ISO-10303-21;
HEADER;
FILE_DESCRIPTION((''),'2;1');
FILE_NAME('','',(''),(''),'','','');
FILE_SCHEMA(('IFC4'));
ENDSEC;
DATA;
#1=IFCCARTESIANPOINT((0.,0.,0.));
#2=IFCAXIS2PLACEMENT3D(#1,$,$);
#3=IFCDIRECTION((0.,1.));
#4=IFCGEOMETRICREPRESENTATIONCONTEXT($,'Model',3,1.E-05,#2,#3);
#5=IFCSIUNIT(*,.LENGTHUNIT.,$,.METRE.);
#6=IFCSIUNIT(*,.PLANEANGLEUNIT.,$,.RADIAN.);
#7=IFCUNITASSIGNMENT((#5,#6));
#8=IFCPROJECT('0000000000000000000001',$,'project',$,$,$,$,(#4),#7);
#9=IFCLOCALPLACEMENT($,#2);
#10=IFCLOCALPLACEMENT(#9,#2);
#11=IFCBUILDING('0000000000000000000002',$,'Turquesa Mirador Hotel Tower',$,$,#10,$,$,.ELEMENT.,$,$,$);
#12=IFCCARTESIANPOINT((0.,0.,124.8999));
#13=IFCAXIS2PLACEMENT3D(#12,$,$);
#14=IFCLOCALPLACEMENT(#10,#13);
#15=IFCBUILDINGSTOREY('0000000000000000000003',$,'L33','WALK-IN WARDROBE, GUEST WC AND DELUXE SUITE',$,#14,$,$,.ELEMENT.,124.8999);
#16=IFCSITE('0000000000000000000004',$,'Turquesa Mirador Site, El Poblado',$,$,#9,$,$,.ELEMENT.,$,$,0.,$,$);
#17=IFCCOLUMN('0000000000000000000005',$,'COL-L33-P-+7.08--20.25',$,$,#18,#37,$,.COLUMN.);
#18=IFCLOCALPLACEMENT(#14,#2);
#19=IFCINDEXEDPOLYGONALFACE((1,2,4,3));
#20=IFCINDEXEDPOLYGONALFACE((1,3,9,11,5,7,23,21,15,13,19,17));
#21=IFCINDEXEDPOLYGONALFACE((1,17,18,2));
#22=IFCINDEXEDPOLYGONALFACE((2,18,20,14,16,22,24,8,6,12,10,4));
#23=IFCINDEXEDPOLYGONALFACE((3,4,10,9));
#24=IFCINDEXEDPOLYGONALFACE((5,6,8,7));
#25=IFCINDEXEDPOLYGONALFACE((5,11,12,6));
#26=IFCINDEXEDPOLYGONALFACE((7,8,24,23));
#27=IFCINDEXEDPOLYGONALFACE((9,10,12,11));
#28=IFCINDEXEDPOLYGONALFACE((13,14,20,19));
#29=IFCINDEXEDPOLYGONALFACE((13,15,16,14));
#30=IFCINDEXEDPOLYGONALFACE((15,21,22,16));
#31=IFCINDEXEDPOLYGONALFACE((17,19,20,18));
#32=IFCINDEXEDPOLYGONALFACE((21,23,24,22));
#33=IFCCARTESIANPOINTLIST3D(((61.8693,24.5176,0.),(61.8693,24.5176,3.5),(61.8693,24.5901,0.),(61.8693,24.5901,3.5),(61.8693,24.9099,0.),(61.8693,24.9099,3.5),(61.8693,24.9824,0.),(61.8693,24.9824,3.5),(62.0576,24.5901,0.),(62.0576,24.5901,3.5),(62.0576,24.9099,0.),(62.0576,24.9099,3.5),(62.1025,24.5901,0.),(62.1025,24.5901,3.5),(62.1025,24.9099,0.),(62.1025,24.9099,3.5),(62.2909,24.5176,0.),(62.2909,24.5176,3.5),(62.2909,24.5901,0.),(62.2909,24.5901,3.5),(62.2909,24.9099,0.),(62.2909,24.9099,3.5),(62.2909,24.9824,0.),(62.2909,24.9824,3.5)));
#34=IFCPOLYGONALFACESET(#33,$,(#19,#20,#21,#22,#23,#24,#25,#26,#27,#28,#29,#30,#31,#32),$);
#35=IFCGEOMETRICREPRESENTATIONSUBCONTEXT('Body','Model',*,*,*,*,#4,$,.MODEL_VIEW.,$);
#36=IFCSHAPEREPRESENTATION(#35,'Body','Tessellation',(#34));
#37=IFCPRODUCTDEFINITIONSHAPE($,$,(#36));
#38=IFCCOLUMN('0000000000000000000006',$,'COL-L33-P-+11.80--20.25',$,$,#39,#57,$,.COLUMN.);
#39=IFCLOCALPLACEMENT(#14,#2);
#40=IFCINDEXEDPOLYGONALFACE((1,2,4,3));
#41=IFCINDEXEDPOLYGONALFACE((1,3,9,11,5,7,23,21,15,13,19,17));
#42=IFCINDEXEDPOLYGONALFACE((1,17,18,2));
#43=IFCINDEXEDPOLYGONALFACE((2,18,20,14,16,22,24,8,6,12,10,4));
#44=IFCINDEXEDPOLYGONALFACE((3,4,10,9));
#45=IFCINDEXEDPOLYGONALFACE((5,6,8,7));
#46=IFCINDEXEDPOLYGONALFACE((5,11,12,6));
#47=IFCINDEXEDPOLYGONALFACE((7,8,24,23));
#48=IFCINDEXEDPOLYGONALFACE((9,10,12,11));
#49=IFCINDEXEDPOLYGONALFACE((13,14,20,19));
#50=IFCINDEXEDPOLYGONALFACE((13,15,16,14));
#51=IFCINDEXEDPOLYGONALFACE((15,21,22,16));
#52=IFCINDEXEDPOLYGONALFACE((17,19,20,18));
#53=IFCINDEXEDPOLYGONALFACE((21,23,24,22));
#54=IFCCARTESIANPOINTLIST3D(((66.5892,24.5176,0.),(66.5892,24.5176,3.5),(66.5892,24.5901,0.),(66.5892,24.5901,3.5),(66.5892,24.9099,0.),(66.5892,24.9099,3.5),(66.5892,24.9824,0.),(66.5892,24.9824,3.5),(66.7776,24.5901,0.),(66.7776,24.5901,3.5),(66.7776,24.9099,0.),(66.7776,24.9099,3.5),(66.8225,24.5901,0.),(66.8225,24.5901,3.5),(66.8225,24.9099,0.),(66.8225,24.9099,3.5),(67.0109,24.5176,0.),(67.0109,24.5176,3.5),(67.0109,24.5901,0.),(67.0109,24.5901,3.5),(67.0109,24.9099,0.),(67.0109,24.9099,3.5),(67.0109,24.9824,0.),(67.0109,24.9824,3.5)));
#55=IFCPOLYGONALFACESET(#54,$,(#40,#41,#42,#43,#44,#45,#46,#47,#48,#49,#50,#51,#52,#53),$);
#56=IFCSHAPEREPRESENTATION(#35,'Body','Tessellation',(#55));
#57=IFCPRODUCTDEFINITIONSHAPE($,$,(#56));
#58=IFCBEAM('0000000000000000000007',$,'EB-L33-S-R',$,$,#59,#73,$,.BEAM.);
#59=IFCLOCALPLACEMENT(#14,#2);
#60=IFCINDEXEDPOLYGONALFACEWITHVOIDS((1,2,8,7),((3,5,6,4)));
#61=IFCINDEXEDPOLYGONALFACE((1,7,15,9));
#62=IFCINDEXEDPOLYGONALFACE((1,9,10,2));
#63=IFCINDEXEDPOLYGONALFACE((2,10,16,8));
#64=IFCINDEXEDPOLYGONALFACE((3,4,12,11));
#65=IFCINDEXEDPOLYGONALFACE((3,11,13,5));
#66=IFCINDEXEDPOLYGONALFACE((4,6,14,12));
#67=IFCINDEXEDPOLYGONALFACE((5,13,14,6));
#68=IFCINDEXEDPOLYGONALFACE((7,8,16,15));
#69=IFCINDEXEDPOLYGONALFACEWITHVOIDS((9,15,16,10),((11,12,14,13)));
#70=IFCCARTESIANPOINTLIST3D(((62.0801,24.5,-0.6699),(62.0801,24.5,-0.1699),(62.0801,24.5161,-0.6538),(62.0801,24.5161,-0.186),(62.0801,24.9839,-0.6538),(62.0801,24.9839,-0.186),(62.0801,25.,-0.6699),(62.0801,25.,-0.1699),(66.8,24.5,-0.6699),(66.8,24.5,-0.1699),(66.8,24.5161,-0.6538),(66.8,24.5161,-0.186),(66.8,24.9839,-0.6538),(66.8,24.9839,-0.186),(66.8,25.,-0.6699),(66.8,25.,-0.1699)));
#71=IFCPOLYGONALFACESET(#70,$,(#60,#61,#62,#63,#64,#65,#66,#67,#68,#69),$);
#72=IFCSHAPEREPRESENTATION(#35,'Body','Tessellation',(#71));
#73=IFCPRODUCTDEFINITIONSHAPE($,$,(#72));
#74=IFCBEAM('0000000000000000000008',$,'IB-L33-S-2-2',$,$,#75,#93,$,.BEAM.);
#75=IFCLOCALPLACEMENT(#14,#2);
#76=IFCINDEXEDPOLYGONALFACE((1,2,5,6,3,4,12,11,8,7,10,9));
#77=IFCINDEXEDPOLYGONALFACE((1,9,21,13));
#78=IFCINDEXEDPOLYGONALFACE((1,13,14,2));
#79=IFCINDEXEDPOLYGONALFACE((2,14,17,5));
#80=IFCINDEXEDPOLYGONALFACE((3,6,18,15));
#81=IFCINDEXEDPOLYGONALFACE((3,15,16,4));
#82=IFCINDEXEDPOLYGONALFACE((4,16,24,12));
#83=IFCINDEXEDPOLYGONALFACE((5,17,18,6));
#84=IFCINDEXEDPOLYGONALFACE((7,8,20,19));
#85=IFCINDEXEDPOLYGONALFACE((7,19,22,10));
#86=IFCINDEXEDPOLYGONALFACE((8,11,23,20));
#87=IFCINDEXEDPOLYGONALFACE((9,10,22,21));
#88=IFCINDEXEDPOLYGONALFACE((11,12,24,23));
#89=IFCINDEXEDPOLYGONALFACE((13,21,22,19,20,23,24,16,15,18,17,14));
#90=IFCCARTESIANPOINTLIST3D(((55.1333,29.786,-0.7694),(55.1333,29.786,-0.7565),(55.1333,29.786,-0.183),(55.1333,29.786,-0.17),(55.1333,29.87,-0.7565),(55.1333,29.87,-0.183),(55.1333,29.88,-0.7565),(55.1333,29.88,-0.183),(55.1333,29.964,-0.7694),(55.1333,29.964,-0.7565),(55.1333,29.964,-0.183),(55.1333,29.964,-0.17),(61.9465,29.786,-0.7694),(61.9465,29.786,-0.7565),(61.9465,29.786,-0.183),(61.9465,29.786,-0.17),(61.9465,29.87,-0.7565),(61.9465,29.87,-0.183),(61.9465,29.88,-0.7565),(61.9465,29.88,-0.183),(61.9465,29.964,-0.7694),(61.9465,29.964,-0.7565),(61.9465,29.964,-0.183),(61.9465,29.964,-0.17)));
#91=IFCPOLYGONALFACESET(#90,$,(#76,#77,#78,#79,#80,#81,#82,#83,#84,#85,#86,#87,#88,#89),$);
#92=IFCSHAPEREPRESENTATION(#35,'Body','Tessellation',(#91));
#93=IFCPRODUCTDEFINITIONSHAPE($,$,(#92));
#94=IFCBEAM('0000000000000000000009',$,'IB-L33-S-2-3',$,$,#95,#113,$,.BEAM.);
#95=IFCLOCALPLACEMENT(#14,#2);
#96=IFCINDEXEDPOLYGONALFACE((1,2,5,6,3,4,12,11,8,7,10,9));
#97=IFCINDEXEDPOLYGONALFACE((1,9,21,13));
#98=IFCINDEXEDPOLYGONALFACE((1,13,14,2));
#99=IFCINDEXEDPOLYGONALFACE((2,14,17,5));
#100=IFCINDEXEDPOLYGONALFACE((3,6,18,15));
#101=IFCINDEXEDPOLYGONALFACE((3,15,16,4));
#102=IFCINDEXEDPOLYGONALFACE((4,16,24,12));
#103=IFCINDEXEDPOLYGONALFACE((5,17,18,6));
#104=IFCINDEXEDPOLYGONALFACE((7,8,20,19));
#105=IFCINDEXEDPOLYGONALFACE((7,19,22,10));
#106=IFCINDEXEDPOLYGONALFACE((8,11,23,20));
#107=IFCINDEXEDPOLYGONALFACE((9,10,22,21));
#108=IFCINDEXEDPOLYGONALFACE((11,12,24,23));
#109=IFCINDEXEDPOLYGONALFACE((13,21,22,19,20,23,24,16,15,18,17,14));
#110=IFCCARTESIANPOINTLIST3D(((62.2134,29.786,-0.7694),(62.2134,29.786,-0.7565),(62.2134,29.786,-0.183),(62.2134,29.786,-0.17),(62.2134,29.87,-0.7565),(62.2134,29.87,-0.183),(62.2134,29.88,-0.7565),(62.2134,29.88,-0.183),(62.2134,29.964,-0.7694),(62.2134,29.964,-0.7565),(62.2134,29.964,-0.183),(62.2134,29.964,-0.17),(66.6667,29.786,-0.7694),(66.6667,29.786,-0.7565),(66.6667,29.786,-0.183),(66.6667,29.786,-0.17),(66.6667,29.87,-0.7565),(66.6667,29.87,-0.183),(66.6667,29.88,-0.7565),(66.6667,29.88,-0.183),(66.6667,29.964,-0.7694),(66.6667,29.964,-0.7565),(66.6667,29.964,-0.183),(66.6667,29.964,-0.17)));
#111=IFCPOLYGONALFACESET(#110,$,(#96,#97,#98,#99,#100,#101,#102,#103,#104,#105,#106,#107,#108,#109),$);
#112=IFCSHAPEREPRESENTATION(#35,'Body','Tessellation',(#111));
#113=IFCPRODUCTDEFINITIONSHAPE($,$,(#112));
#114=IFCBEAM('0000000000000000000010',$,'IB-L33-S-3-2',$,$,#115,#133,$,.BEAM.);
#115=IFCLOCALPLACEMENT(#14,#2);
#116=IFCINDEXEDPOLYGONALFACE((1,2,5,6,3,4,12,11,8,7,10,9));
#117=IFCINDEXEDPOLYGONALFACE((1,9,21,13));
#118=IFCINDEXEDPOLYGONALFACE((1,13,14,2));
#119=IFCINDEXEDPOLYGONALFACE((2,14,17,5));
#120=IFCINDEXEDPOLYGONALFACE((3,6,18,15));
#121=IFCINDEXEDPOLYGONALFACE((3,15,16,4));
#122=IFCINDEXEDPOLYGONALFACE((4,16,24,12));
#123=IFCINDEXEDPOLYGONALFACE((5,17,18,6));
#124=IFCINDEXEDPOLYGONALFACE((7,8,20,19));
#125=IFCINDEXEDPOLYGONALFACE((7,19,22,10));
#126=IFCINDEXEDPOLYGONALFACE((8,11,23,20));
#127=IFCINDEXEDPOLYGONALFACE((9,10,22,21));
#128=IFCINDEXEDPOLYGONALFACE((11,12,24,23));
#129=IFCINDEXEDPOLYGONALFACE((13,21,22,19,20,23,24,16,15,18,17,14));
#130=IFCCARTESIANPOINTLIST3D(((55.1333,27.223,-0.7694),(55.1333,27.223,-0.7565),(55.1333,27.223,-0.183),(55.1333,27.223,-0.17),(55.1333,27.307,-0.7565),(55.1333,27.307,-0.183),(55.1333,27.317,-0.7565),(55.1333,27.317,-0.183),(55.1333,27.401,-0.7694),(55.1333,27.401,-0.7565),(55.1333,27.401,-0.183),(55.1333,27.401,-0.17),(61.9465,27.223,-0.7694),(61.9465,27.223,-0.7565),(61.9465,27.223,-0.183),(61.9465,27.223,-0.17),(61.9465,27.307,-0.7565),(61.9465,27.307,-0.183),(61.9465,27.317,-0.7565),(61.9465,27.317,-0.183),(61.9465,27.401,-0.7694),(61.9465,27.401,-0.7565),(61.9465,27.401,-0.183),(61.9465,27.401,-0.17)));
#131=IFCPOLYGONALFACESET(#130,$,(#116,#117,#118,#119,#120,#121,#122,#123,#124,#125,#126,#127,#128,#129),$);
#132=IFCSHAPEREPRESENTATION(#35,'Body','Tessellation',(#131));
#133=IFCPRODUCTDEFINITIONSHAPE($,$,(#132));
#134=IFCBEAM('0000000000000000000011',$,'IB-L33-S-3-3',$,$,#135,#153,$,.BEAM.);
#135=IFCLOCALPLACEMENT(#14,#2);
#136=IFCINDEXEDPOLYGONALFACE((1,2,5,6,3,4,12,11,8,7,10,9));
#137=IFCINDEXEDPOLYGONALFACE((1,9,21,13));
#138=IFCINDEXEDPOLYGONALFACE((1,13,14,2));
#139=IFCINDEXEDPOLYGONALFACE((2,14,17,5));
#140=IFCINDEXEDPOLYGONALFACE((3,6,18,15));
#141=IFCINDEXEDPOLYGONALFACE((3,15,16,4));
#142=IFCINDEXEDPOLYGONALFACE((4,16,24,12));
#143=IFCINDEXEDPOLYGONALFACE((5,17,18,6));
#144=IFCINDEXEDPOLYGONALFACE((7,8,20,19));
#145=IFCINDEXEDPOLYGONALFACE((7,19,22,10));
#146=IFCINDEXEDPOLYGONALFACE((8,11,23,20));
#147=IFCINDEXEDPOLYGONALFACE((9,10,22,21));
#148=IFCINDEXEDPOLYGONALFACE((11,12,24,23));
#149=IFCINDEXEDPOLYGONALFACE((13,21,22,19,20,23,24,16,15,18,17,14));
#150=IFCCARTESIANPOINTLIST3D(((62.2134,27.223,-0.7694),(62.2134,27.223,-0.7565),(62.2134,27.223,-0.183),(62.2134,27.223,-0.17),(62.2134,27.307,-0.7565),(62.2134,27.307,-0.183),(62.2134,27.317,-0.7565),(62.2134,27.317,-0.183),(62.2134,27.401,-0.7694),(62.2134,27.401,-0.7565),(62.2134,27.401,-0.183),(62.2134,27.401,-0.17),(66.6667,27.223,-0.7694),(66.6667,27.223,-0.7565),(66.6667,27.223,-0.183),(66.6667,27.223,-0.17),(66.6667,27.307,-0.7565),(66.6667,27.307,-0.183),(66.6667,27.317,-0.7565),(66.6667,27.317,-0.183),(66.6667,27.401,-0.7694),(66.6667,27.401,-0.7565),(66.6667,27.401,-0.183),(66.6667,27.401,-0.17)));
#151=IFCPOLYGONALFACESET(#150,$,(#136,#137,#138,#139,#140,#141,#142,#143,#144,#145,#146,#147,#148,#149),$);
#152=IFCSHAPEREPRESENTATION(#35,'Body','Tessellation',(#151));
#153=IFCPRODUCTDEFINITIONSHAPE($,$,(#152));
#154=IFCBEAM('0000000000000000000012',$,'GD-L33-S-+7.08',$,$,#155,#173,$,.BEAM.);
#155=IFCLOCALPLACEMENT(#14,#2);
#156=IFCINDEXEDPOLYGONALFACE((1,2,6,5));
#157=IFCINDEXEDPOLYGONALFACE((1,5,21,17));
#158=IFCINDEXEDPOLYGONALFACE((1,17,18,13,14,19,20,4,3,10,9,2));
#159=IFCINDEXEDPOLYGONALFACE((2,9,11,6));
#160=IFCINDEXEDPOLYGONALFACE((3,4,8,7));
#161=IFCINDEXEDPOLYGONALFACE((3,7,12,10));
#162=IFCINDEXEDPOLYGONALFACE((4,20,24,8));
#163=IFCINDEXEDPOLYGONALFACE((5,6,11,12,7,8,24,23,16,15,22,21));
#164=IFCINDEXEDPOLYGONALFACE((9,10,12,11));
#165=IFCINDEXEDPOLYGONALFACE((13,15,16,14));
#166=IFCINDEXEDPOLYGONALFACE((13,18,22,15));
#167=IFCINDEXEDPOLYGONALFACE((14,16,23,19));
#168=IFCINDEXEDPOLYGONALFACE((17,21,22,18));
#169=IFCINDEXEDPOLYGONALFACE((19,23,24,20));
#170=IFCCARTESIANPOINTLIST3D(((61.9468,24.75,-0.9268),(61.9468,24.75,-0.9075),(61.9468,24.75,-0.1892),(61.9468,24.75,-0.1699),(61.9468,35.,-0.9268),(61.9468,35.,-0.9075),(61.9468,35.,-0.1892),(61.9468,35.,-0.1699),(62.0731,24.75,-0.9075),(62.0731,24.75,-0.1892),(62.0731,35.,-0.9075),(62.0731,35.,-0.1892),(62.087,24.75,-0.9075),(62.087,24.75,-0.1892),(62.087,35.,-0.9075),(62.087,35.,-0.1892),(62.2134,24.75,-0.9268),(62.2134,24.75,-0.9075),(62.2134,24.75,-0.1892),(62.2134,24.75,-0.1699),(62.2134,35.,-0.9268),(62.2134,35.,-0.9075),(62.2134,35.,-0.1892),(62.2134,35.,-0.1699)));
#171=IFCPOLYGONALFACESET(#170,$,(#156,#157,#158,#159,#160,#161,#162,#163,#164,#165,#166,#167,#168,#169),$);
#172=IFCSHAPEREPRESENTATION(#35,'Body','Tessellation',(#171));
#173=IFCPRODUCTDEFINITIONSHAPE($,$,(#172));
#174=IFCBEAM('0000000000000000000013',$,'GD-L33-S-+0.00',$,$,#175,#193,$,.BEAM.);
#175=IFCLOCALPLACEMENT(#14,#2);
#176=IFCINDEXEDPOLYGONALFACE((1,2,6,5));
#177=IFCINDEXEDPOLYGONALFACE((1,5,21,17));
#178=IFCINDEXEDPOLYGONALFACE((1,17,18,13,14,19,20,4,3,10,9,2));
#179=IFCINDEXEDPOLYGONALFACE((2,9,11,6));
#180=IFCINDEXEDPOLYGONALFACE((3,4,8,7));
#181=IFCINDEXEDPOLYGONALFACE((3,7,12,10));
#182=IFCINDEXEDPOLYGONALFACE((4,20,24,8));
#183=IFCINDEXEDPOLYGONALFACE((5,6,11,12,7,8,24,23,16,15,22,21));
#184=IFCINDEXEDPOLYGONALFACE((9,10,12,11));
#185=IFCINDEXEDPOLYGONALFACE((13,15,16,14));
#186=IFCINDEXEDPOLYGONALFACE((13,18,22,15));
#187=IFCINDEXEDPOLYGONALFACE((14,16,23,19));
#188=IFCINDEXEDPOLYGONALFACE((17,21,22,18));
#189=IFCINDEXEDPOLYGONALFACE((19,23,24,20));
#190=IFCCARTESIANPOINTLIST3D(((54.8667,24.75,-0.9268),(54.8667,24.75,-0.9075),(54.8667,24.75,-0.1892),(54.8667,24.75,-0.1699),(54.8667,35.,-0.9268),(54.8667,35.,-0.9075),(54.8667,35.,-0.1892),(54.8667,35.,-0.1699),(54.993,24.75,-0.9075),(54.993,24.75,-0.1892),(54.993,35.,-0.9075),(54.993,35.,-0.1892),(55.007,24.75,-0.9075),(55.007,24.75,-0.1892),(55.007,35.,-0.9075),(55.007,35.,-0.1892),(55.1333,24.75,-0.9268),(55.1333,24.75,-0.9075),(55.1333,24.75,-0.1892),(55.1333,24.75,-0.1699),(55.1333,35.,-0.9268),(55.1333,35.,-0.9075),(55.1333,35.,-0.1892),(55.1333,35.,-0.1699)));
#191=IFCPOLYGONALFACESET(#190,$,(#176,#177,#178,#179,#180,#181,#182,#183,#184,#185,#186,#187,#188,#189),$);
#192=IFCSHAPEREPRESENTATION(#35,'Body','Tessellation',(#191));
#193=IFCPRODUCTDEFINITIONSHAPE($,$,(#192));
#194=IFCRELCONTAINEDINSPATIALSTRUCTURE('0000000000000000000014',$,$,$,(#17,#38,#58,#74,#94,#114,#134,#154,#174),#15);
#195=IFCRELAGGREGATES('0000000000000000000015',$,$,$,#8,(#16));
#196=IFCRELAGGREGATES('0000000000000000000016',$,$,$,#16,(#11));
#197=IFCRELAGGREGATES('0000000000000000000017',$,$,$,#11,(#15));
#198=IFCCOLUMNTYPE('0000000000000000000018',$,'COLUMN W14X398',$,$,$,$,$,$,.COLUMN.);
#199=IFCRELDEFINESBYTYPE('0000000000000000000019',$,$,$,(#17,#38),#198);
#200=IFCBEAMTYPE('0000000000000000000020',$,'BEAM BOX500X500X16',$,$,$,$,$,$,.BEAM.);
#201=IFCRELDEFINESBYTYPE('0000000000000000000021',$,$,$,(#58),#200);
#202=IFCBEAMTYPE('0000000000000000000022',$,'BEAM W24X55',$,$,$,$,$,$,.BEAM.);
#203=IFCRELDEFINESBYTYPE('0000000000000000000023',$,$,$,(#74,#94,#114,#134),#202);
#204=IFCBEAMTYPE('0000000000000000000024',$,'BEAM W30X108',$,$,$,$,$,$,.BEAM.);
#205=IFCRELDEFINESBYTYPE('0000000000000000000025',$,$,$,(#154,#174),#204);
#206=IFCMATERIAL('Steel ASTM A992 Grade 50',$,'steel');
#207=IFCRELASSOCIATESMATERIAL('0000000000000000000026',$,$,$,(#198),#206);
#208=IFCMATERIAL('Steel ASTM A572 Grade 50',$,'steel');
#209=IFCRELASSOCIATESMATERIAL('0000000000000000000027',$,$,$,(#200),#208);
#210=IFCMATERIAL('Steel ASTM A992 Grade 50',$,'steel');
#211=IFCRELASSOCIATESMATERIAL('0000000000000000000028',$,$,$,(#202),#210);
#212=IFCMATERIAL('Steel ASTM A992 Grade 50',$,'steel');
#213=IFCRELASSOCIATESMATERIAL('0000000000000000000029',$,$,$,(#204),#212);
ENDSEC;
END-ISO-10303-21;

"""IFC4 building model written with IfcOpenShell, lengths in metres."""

from ifc_helpers import new_model, si_unit, direction, frame, origin, origin_2d, place, context, subcontext, project, spatial, hollow_rectangle, i_section, extrude, material, material_profile, profile_set, type_object, element, save


model = new_model("IFC4")

# Units and contexts
model_context = context("Model", 3, precision=1e-05, world=origin(), true_north=direction((0.0, 1.0)))
body_context = subcontext(model_context, "Body", "Model", "MODEL_VIEW")
ifc_project = project(units=[si_unit("LENGTHUNIT", "METRE"), si_unit("PLANEANGLEUNIT", "RADIAN")], contexts=[model_context])

# Site, building, storey
site_placement = place(None, origin())
site = spatial("IfcSite", under=ifc_project, at=site_placement, Name="Turquesa Mirador Site, El Poblado", CompositionType="ELEMENT", RefElevation=0.0)
building_placement = place(site_placement, origin())
building = spatial("IfcBuilding", under=site, at=building_placement, Name="Turquesa Mirador Hotel Tower", CompositionType="ELEMENT")
storey_placement = place(building_placement, frame((0.0, 0.0, 124.8999)))
storey = spatial("IfcBuildingStorey", under=building, at=storey_placement, Name="L33", Description="WALK-IN WARDROBE, GUEST WC AND DELUXE SUITE", CompositionType="ELEMENT", Elevation=124.8999)

# Columns
ifc_material_1 = material(Name="Steel ASTM A992 Grade 50", Category="steel")
ifc_material_profile_1 = material_profile(ifc_material_1, i_section(OverallWidth=0.4216, OverallDepth=0.4648, WebThickness=0.0449, FlangeThickness=0.0725, at=origin_2d()), Name="W14X398")
ifc_profile_set_1 = profile_set([ifc_material_profile_1], Name="Steel ASTM A992 Grade 50")
column_type = type_object("IfcColumnType", Name="COLUMN W14X398", PredefinedType="COLUMN", material=ifc_profile_set_1)
for number, where, z_axis, x_axis, name in (
    (1, (62.0801, 24.75, 0.0), (0.0, 0.0, 1.0), (1.0, 0.0, 0.0), "COL-L33-P-+7.08--20.25"),
    (2, (66.8, 24.75, 0.0), (0.0, 0.0, 1.0), (1.0, 0.0, 0.0), "COL-L33-P-+11.80--20.25"),
):
    element("IfcColumn", number, at=place(storey_placement, frame(where, z_axis=z_axis, x_axis=x_axis)), inside=storey, type_object=column_type, Name=name, PredefinedType="COLUMN", context=body_context, shape_type="SweptSolid", body=[
        extrude(i_section(OverallWidth=0.4216, OverallDepth=0.4648, WebThickness=0.0449, FlangeThickness=0.0725, at=origin_2d()), origin(), (0.0, 0.0, 1.0), 3.5),
    ])

# Beams
ifc_material_2 = material(Name="Steel ASTM A572 Grade 50", Category="steel")
ifc_material_profile_2 = material_profile(ifc_material_2, hollow_rectangle(XDim=0.5, YDim=0.5, WallThickness=0.0161, at=origin_2d()), Name="BOX500X500X16")
ifc_profile_set_2 = profile_set([ifc_material_profile_2], Name="Steel ASTM A572 Grade 50")
beam_type_1 = type_object("IfcBeamType", Name="BEAM BOX500X500X16", PredefinedType="BEAM", material=ifc_profile_set_2)
beam_1_placement = place(storey_placement, frame((62.0801, 24.75, -0.4199), z_axis=(1.0, 0.0, 0.0), x_axis=(0.0, 1.0, 0.0)))
element("IfcBeam", 3, at=beam_1_placement, inside=storey, type_object=beam_type_1, Name="EB-L33-S-R", PredefinedType="BEAM", context=body_context, shape_type="SweptSolid", body=[
    extrude(hollow_rectangle(XDim=0.5, YDim=0.5, WallThickness=0.0161, at=origin_2d()), origin(), (0.0, 0.0, 1.0), 4.72),
])
ifc_material_3 = material(Name="Steel ASTM A992 Grade 50", Category="steel")
ifc_material_profile_3 = material_profile(ifc_material_3, i_section(OverallWidth=0.178, OverallDepth=0.5994, WebThickness=0.01, FlangeThickness=0.0129, at=origin_2d()), Name="W24X55")
ifc_profile_set_3 = profile_set([ifc_material_profile_3], Name="Steel ASTM A992 Grade 50")
beam_type_2 = type_object("IfcBeamType", Name="BEAM W24X55", PredefinedType="BEAM", material=ifc_profile_set_3)
beam_2_placement = place(storey_placement, frame((55.1333, 29.875, -0.4697), z_axis=(1.0, 0.0, 0.0), x_axis=(0.0, 1.0, 0.0)))
element("IfcBeam", 4, at=beam_2_placement, inside=storey, type_object=beam_type_2, Name="IB-L33-S-2-2", PredefinedType="BEAM", context=body_context, shape_type="SweptSolid", body=[
    extrude(i_section(OverallWidth=0.178, OverallDepth=0.5994, WebThickness=0.01, FlangeThickness=0.0129, at=origin_2d()), origin(), (0.0, 0.0, 1.0), 6.8132),
])
beam_3_placement = place(storey_placement, frame((62.2134, 29.875, -0.4697), z_axis=(1.0, 0.0, 0.0), x_axis=(0.0, 1.0, 0.0)))
element("IfcBeam", 5, at=beam_3_placement, inside=storey, type_object=beam_type_2, Name="IB-L33-S-2-3", PredefinedType="BEAM", context=body_context, shape_type="SweptSolid", body=[
    extrude(i_section(OverallWidth=0.178, OverallDepth=0.5994, WebThickness=0.01, FlangeThickness=0.0129, at=origin_2d()), origin(), (0.0, 0.0, 1.0), 4.4534),
])
beam_4_placement = place(storey_placement, frame((55.1333, 27.312, -0.4697), z_axis=(1.0, 0.0, 0.0), x_axis=(0.0, 1.0, 0.0)))
element("IfcBeam", 6, at=beam_4_placement, inside=storey, type_object=beam_type_2, Name="IB-L33-S-3-2", PredefinedType="BEAM", context=body_context, shape_type="SweptSolid", body=[
    extrude(i_section(OverallWidth=0.178, OverallDepth=0.5994, WebThickness=0.01, FlangeThickness=0.0129, at=origin_2d()), origin(), (0.0, 0.0, 1.0), 6.8132),
])
beam_5_placement = place(storey_placement, frame((62.2134, 27.312, -0.4697), z_axis=(1.0, 0.0, 0.0), x_axis=(0.0, 1.0, 0.0)))
element("IfcBeam", 7, at=beam_5_placement, inside=storey, type_object=beam_type_2, Name="IB-L33-S-3-3", PredefinedType="BEAM", context=body_context, shape_type="SweptSolid", body=[
    extrude(i_section(OverallWidth=0.178, OverallDepth=0.5994, WebThickness=0.01, FlangeThickness=0.0129, at=origin_2d()), origin(), (0.0, 0.0, 1.0), 4.4534),
])
ifc_material_4 = material(Name="Steel ASTM A992 Grade 50", Category="steel")
ifc_material_profile_4 = material_profile(ifc_material_4, i_section(OverallWidth=0.2666, OverallDepth=0.7568, WebThickness=0.0139, FlangeThickness=0.0193, at=origin_2d()), Name="W30X108")
ifc_profile_set_4 = profile_set([ifc_material_profile_4], Name="Steel ASTM A992 Grade 50")
beam_type_3 = type_object("IfcBeamType", Name="BEAM W30X108", PredefinedType="BEAM", material=ifc_profile_set_4)
for number, where, z_axis, x_axis, name in (
    (8, (62.0801, 24.75, -0.5483), (0.0, 1.0, 0.0), (-1.0, 0.0, 0.0), "GD-L33-S-+7.08"),
    (9, (55.0, 24.75, -0.5483), (0.0, 1.0, 0.0), (-1.0, 0.0, 0.0), "GD-L33-S-+0.00"),
):
    element("IfcBeam", number, at=place(storey_placement, frame(where, z_axis=z_axis, x_axis=x_axis)), inside=storey, type_object=beam_type_3, Name=name, PredefinedType="BEAM", context=body_context, shape_type="SweptSolid", body=[
        extrude(i_section(OverallWidth=0.2666, OverallDepth=0.7568, WebThickness=0.0139, FlangeThickness=0.0193, at=origin_2d()), origin(), (0.0, 0.0, 1.0), 10.25),
    ])

save(model, "model.ifc")
